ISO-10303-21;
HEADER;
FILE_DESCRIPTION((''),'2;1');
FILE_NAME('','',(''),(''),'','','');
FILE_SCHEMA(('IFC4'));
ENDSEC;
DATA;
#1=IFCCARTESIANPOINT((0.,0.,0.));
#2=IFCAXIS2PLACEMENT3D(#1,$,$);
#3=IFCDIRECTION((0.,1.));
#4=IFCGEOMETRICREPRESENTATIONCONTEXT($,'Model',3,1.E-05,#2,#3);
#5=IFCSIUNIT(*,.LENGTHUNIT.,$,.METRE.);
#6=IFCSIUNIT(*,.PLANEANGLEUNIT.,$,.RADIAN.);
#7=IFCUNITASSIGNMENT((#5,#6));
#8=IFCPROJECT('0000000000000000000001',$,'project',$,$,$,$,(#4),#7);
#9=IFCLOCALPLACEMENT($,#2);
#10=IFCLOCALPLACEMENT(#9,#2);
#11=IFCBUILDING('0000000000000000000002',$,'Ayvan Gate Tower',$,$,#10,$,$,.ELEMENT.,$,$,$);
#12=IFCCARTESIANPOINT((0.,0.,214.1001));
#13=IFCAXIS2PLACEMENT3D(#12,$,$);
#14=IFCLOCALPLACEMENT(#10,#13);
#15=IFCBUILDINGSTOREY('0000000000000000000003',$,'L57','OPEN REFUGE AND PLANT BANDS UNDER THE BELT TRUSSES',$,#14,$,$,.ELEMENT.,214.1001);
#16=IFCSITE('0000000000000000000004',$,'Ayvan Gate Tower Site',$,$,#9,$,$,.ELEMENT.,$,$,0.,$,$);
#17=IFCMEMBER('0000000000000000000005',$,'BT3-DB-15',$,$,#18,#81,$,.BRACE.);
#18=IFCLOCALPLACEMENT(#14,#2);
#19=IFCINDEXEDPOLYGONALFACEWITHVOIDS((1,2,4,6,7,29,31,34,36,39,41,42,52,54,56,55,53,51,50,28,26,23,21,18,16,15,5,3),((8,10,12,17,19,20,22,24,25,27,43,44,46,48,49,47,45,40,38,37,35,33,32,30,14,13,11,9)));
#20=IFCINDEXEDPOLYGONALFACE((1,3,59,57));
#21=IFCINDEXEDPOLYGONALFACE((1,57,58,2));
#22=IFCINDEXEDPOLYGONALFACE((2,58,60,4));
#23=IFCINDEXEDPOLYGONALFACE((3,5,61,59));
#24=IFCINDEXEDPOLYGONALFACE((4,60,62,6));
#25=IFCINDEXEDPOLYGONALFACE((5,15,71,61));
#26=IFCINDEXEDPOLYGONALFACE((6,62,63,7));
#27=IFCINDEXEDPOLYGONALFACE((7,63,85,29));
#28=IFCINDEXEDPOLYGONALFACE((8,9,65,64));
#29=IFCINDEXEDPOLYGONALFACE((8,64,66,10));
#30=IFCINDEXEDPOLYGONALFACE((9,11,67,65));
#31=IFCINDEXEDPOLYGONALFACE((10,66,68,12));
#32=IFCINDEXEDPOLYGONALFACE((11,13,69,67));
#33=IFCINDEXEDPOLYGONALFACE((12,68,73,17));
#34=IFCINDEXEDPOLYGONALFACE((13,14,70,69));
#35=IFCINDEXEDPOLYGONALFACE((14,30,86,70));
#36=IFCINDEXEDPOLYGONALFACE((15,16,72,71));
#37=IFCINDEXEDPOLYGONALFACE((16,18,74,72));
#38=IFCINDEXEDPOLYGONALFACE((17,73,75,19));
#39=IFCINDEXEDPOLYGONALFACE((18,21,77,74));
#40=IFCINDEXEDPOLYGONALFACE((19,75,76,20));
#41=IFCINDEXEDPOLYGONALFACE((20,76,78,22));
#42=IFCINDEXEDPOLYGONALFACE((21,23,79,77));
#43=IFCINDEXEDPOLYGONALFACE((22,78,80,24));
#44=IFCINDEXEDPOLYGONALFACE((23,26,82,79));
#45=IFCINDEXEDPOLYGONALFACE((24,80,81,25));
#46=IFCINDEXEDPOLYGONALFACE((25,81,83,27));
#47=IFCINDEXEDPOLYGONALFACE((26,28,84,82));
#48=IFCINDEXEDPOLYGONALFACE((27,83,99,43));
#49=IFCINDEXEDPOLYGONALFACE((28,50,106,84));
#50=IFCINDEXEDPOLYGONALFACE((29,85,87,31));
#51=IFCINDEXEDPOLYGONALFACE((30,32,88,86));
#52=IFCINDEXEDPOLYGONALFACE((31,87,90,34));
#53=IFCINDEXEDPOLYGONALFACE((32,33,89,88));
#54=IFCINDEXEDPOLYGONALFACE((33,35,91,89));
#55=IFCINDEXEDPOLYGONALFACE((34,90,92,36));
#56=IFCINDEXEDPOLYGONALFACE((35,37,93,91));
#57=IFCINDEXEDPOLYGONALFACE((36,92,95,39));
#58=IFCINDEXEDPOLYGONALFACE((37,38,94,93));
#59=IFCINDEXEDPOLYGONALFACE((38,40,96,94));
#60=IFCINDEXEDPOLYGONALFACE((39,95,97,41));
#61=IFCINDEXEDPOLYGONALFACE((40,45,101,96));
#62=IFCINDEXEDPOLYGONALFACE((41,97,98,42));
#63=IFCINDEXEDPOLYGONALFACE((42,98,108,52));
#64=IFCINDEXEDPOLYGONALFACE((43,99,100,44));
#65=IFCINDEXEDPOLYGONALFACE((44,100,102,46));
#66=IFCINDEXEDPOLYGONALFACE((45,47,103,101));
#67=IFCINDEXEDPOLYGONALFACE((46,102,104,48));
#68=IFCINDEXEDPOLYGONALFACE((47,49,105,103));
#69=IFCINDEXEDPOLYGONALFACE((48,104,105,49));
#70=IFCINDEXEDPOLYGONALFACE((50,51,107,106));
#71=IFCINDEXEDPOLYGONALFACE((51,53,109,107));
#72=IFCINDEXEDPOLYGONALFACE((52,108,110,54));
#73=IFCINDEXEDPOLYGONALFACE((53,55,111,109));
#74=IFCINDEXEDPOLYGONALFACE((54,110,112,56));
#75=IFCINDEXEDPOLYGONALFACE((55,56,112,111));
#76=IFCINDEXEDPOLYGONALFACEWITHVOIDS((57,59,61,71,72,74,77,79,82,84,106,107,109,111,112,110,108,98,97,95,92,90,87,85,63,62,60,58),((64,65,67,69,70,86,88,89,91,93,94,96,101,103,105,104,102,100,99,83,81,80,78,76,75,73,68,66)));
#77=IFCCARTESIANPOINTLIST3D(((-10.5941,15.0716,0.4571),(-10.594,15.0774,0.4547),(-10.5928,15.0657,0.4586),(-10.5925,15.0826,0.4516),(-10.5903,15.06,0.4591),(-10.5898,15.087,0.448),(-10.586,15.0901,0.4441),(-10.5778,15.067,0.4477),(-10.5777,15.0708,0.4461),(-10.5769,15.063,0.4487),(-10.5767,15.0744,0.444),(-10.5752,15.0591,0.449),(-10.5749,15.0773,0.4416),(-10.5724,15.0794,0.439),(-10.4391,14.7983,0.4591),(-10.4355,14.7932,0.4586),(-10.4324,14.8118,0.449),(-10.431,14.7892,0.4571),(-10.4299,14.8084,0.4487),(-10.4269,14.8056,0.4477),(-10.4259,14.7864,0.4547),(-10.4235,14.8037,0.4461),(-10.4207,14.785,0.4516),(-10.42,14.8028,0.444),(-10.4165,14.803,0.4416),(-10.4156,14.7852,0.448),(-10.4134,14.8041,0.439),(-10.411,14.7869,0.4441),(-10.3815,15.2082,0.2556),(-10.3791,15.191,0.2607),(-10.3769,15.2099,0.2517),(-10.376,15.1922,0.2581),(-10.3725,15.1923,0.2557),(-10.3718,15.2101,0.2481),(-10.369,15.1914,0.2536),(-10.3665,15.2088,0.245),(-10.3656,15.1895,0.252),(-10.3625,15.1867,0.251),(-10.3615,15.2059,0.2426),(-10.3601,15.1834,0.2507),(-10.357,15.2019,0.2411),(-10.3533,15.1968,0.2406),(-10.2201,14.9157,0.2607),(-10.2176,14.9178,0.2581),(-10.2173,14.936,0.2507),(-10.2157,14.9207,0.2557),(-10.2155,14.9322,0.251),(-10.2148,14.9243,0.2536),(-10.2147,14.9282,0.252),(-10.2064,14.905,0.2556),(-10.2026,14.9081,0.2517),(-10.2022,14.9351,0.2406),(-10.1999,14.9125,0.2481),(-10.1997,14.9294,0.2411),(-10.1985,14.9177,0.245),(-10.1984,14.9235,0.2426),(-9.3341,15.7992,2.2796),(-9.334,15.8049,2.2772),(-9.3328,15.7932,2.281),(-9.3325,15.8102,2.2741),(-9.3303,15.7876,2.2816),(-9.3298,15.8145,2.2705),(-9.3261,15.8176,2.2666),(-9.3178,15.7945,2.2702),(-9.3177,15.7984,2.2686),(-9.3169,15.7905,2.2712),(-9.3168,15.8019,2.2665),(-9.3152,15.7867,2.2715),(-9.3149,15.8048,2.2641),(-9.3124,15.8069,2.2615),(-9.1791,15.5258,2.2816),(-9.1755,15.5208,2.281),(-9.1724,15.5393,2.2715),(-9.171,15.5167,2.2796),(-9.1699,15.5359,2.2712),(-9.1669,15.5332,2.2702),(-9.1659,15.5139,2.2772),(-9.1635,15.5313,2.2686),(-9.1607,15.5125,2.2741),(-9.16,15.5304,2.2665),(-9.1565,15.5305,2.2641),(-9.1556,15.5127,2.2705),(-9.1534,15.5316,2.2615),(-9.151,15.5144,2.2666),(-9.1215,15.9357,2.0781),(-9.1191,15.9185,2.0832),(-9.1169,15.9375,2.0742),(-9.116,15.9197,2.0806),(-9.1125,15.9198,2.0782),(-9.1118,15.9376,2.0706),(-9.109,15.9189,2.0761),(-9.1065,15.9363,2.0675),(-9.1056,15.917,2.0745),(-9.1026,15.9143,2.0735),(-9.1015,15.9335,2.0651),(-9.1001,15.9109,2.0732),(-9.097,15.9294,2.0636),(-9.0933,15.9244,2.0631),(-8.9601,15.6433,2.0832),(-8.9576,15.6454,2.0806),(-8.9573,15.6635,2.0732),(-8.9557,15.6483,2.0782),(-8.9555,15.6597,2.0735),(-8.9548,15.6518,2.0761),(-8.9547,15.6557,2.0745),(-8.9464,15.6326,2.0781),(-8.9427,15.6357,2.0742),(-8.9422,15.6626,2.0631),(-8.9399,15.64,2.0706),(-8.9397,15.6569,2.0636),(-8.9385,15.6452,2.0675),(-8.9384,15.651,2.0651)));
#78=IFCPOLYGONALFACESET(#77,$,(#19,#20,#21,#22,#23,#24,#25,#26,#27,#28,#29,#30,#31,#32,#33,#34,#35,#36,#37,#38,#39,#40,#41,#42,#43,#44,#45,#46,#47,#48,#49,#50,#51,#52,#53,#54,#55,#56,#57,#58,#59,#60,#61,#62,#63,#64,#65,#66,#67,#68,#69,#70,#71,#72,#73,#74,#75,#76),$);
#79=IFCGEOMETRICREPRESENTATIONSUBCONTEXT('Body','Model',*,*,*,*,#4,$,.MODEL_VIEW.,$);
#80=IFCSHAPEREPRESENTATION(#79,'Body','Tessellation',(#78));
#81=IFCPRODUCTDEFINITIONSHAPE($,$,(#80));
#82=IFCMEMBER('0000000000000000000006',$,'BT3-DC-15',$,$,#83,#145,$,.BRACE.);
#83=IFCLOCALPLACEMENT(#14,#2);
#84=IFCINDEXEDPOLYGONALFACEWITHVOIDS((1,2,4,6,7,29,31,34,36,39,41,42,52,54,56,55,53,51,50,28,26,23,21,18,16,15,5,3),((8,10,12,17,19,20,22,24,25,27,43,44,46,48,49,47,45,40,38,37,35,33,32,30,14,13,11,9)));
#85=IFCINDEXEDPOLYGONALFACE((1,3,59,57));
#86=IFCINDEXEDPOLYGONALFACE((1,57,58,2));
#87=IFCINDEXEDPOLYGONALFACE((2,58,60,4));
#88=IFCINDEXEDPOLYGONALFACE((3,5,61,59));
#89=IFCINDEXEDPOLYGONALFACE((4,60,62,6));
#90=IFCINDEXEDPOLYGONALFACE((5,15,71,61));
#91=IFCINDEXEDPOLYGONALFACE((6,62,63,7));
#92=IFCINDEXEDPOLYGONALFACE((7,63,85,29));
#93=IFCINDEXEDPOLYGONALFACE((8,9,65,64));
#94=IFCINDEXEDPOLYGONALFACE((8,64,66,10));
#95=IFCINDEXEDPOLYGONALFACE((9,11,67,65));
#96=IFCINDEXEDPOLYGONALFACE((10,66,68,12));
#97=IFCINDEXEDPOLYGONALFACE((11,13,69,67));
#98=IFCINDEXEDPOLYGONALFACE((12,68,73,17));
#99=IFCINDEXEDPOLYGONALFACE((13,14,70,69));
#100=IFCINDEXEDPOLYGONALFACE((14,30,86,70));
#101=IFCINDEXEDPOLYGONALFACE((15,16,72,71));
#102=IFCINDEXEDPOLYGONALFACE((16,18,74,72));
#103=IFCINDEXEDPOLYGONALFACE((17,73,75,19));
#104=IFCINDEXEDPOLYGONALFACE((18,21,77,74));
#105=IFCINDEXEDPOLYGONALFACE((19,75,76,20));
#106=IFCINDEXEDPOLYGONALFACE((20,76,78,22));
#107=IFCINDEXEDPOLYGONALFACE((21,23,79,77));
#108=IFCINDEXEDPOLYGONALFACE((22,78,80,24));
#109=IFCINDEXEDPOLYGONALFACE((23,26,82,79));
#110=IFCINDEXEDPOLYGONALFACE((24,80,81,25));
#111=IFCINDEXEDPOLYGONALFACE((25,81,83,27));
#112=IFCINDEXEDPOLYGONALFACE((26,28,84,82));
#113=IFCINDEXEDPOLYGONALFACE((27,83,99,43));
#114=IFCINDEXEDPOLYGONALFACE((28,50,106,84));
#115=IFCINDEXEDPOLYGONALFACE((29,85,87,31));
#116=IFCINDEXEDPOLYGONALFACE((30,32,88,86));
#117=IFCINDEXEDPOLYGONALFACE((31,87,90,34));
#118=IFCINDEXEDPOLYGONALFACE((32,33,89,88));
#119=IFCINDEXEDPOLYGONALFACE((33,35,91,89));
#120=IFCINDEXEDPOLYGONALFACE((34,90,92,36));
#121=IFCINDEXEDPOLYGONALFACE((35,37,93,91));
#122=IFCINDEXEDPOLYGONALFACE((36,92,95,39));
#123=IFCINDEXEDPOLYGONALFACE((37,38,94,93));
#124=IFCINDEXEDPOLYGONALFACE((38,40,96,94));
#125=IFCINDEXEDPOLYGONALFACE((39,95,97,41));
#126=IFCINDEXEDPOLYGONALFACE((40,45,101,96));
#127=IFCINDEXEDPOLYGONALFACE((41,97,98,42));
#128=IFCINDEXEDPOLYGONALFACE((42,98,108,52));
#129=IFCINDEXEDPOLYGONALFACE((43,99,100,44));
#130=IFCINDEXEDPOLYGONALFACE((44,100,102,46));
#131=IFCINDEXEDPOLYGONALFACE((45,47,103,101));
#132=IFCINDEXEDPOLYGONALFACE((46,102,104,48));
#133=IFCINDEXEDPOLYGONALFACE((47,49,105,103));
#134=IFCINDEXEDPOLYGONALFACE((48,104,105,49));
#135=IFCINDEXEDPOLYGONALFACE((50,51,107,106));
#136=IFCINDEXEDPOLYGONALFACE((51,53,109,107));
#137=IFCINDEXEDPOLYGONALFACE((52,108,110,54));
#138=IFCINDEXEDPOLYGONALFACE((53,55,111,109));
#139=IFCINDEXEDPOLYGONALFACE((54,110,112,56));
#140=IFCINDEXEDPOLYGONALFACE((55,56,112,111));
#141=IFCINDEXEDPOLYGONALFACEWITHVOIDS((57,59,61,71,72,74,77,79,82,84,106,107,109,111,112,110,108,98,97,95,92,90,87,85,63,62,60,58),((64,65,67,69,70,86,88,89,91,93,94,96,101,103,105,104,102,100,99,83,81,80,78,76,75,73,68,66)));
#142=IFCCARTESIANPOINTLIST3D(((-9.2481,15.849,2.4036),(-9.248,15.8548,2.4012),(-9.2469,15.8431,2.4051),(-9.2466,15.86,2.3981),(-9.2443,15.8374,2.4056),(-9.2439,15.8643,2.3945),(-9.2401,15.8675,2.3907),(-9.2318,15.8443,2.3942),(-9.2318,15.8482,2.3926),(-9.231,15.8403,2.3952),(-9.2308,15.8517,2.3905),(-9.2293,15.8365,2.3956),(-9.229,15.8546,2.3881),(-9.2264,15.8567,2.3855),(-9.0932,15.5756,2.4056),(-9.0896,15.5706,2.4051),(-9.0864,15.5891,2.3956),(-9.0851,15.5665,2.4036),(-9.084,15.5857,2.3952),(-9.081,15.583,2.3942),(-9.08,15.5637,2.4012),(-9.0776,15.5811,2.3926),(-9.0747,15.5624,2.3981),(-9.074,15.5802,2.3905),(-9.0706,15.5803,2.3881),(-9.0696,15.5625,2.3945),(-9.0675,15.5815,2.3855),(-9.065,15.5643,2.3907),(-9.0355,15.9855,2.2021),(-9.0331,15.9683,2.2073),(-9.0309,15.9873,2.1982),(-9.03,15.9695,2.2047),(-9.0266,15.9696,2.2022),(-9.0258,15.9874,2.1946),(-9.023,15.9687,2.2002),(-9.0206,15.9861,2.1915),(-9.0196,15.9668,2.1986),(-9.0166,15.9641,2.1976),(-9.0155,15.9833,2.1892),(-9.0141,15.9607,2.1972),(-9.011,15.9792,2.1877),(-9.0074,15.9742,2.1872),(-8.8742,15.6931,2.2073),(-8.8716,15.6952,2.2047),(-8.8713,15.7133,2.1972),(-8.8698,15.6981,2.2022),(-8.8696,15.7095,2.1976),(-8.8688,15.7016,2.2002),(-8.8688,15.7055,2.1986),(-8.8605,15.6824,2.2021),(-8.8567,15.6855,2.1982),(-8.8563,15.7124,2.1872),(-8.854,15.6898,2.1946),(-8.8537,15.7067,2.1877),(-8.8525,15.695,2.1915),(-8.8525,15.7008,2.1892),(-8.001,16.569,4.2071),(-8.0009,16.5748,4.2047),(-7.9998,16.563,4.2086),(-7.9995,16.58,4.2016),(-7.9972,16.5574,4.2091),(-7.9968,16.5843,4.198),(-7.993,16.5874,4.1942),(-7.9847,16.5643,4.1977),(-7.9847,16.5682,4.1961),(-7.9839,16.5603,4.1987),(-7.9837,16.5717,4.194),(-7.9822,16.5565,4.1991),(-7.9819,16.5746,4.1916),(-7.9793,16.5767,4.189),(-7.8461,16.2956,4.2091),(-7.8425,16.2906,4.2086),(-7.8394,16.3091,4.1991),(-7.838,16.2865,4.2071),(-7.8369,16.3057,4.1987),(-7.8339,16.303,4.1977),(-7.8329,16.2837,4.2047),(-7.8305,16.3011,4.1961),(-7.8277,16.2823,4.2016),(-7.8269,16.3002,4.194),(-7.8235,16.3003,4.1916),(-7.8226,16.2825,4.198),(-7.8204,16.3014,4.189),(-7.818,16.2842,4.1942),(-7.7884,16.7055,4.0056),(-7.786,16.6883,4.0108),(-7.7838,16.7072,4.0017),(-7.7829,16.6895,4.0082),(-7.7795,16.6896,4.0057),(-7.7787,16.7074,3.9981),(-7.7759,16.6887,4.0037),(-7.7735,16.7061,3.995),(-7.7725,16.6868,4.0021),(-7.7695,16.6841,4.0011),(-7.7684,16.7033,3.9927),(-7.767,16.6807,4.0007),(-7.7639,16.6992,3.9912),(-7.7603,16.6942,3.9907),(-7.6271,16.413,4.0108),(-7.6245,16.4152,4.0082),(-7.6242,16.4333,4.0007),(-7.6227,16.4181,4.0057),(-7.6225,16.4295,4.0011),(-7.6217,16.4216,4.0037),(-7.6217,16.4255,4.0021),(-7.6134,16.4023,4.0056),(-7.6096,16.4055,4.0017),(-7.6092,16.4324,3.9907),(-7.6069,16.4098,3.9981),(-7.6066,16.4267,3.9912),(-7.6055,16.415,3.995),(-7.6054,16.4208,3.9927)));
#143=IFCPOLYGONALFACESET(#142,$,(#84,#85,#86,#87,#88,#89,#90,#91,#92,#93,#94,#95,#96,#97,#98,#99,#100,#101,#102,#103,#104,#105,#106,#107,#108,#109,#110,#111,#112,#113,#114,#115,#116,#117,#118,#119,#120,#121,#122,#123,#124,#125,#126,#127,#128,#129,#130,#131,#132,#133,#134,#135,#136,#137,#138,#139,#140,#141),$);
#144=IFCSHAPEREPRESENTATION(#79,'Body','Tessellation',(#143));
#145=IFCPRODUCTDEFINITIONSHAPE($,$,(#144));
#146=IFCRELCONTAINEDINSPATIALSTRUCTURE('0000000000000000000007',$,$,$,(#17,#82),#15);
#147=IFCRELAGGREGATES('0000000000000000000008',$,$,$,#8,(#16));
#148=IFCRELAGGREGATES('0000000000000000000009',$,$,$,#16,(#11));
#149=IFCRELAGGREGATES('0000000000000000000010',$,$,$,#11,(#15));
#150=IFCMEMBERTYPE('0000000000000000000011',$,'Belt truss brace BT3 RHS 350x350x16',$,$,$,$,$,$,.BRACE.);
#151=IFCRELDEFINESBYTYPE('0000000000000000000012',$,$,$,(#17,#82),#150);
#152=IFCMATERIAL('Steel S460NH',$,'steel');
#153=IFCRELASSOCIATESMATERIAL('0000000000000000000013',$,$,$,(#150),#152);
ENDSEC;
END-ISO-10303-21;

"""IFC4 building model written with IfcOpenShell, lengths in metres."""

from ifc_helpers import new_model, si_unit, direction, frame, origin, origin_2d, place, context, subcontext, project, spatial, hollow_rectangle, extrude, material, material_profile, profile_set, type_object, element, save


model = new_model("IFC4")

# Units and contexts
model_context = context("Model", 3, precision=1e-05, world=origin(), true_north=direction((0.0, 1.0)))
body_context = subcontext(model_context, "Body", "Model", "MODEL_VIEW")
ifc_project = project(units=[si_unit("LENGTHUNIT", "METRE"), si_unit("PLANEANGLEUNIT", "RADIAN")], contexts=[model_context])

# Site, building, storey
site_placement = place(None, origin())
site = spatial("IfcSite", under=ifc_project, at=site_placement, Name="Ayvan Gate Tower Site", CompositionType="ELEMENT", RefElevation=0.0)
building_placement = place(site_placement, origin())
building = spatial("IfcBuilding", under=site, at=building_placement, Name="Ayvan Gate Tower", CompositionType="ELEMENT")
storey_placement = place(building_placement, frame((0.0, 0.0, 214.1001)))
storey = spatial("IfcBuildingStorey", under=building, at=storey_placement, Name="L57", Description="OPEN REFUGE AND PLANT BANDS UNDER THE BELT TRUSSES", CompositionType="ELEMENT", Elevation=214.1001)

# Members
ifc_material_1 = material(Name="Steel S460NH", Category="steel")
ifc_material_profile_1 = material_profile(ifc_material_1, hollow_rectangle(XDim=0.3501, YDim=0.3501, WallThickness=0.0161, InnerFilletRadius=0.0161, OuterFilletRadius=0.0239, at=origin_2d()), Name="RHS 350x350x16")
ifc_profile_set_1 = profile_set([ifc_material_profile_1], Name="Steel S460NH")
member_type_1 = type_object("IfcMemberType", Name="Belt truss brace BT3 RHS 350x350x16", PredefinedType="BRACE", material=ifc_profile_set_1)
member_1_placement = place(storey_placement, frame((-10.3962, 14.9976, 0.3499), z_axis=(0.5403, 0.311973, 0.781504), x_axis=(-0.500037, 0.866004, 0.0)))
element("IfcMember", 1, at=member_1_placement, inside=storey, type_object=member_type_1, Name="BT3-DB-15", PredefinedType="BRACE", context=body_context, shape_type="SweptSolid", body=[
    extrude(hollow_rectangle(XDim=0.3501, YDim=0.3501, WallThickness=0.0161, InnerFilletRadius=0.0161, OuterFilletRadius=0.0239, at=origin_2d()), origin(), (0.0, 0.0, 1.0), 2.332),
])
member_2_placement = place(storey_placement, frame((-9.0503, 15.7749, 2.2964), z_axis=(0.540367, 0.31197, 0.781459), x_axis=(-0.499987, 0.866033, 0.0)))
element("IfcMember", 2, at=member_2_placement, inside=storey, type_object=member_type_1, Name="BT3-DC-15", PredefinedType="BRACE", context=body_context, shape_type="SweptSolid", body=[
    extrude(hollow_rectangle(XDim=0.3501, YDim=0.3501, WallThickness=0.0161, InnerFilletRadius=0.0161, OuterFilletRadius=0.0239, at=origin_2d()), origin(), (0.0, 0.0, 1.0), 2.3079),
])

save(model, "model.ifc")
